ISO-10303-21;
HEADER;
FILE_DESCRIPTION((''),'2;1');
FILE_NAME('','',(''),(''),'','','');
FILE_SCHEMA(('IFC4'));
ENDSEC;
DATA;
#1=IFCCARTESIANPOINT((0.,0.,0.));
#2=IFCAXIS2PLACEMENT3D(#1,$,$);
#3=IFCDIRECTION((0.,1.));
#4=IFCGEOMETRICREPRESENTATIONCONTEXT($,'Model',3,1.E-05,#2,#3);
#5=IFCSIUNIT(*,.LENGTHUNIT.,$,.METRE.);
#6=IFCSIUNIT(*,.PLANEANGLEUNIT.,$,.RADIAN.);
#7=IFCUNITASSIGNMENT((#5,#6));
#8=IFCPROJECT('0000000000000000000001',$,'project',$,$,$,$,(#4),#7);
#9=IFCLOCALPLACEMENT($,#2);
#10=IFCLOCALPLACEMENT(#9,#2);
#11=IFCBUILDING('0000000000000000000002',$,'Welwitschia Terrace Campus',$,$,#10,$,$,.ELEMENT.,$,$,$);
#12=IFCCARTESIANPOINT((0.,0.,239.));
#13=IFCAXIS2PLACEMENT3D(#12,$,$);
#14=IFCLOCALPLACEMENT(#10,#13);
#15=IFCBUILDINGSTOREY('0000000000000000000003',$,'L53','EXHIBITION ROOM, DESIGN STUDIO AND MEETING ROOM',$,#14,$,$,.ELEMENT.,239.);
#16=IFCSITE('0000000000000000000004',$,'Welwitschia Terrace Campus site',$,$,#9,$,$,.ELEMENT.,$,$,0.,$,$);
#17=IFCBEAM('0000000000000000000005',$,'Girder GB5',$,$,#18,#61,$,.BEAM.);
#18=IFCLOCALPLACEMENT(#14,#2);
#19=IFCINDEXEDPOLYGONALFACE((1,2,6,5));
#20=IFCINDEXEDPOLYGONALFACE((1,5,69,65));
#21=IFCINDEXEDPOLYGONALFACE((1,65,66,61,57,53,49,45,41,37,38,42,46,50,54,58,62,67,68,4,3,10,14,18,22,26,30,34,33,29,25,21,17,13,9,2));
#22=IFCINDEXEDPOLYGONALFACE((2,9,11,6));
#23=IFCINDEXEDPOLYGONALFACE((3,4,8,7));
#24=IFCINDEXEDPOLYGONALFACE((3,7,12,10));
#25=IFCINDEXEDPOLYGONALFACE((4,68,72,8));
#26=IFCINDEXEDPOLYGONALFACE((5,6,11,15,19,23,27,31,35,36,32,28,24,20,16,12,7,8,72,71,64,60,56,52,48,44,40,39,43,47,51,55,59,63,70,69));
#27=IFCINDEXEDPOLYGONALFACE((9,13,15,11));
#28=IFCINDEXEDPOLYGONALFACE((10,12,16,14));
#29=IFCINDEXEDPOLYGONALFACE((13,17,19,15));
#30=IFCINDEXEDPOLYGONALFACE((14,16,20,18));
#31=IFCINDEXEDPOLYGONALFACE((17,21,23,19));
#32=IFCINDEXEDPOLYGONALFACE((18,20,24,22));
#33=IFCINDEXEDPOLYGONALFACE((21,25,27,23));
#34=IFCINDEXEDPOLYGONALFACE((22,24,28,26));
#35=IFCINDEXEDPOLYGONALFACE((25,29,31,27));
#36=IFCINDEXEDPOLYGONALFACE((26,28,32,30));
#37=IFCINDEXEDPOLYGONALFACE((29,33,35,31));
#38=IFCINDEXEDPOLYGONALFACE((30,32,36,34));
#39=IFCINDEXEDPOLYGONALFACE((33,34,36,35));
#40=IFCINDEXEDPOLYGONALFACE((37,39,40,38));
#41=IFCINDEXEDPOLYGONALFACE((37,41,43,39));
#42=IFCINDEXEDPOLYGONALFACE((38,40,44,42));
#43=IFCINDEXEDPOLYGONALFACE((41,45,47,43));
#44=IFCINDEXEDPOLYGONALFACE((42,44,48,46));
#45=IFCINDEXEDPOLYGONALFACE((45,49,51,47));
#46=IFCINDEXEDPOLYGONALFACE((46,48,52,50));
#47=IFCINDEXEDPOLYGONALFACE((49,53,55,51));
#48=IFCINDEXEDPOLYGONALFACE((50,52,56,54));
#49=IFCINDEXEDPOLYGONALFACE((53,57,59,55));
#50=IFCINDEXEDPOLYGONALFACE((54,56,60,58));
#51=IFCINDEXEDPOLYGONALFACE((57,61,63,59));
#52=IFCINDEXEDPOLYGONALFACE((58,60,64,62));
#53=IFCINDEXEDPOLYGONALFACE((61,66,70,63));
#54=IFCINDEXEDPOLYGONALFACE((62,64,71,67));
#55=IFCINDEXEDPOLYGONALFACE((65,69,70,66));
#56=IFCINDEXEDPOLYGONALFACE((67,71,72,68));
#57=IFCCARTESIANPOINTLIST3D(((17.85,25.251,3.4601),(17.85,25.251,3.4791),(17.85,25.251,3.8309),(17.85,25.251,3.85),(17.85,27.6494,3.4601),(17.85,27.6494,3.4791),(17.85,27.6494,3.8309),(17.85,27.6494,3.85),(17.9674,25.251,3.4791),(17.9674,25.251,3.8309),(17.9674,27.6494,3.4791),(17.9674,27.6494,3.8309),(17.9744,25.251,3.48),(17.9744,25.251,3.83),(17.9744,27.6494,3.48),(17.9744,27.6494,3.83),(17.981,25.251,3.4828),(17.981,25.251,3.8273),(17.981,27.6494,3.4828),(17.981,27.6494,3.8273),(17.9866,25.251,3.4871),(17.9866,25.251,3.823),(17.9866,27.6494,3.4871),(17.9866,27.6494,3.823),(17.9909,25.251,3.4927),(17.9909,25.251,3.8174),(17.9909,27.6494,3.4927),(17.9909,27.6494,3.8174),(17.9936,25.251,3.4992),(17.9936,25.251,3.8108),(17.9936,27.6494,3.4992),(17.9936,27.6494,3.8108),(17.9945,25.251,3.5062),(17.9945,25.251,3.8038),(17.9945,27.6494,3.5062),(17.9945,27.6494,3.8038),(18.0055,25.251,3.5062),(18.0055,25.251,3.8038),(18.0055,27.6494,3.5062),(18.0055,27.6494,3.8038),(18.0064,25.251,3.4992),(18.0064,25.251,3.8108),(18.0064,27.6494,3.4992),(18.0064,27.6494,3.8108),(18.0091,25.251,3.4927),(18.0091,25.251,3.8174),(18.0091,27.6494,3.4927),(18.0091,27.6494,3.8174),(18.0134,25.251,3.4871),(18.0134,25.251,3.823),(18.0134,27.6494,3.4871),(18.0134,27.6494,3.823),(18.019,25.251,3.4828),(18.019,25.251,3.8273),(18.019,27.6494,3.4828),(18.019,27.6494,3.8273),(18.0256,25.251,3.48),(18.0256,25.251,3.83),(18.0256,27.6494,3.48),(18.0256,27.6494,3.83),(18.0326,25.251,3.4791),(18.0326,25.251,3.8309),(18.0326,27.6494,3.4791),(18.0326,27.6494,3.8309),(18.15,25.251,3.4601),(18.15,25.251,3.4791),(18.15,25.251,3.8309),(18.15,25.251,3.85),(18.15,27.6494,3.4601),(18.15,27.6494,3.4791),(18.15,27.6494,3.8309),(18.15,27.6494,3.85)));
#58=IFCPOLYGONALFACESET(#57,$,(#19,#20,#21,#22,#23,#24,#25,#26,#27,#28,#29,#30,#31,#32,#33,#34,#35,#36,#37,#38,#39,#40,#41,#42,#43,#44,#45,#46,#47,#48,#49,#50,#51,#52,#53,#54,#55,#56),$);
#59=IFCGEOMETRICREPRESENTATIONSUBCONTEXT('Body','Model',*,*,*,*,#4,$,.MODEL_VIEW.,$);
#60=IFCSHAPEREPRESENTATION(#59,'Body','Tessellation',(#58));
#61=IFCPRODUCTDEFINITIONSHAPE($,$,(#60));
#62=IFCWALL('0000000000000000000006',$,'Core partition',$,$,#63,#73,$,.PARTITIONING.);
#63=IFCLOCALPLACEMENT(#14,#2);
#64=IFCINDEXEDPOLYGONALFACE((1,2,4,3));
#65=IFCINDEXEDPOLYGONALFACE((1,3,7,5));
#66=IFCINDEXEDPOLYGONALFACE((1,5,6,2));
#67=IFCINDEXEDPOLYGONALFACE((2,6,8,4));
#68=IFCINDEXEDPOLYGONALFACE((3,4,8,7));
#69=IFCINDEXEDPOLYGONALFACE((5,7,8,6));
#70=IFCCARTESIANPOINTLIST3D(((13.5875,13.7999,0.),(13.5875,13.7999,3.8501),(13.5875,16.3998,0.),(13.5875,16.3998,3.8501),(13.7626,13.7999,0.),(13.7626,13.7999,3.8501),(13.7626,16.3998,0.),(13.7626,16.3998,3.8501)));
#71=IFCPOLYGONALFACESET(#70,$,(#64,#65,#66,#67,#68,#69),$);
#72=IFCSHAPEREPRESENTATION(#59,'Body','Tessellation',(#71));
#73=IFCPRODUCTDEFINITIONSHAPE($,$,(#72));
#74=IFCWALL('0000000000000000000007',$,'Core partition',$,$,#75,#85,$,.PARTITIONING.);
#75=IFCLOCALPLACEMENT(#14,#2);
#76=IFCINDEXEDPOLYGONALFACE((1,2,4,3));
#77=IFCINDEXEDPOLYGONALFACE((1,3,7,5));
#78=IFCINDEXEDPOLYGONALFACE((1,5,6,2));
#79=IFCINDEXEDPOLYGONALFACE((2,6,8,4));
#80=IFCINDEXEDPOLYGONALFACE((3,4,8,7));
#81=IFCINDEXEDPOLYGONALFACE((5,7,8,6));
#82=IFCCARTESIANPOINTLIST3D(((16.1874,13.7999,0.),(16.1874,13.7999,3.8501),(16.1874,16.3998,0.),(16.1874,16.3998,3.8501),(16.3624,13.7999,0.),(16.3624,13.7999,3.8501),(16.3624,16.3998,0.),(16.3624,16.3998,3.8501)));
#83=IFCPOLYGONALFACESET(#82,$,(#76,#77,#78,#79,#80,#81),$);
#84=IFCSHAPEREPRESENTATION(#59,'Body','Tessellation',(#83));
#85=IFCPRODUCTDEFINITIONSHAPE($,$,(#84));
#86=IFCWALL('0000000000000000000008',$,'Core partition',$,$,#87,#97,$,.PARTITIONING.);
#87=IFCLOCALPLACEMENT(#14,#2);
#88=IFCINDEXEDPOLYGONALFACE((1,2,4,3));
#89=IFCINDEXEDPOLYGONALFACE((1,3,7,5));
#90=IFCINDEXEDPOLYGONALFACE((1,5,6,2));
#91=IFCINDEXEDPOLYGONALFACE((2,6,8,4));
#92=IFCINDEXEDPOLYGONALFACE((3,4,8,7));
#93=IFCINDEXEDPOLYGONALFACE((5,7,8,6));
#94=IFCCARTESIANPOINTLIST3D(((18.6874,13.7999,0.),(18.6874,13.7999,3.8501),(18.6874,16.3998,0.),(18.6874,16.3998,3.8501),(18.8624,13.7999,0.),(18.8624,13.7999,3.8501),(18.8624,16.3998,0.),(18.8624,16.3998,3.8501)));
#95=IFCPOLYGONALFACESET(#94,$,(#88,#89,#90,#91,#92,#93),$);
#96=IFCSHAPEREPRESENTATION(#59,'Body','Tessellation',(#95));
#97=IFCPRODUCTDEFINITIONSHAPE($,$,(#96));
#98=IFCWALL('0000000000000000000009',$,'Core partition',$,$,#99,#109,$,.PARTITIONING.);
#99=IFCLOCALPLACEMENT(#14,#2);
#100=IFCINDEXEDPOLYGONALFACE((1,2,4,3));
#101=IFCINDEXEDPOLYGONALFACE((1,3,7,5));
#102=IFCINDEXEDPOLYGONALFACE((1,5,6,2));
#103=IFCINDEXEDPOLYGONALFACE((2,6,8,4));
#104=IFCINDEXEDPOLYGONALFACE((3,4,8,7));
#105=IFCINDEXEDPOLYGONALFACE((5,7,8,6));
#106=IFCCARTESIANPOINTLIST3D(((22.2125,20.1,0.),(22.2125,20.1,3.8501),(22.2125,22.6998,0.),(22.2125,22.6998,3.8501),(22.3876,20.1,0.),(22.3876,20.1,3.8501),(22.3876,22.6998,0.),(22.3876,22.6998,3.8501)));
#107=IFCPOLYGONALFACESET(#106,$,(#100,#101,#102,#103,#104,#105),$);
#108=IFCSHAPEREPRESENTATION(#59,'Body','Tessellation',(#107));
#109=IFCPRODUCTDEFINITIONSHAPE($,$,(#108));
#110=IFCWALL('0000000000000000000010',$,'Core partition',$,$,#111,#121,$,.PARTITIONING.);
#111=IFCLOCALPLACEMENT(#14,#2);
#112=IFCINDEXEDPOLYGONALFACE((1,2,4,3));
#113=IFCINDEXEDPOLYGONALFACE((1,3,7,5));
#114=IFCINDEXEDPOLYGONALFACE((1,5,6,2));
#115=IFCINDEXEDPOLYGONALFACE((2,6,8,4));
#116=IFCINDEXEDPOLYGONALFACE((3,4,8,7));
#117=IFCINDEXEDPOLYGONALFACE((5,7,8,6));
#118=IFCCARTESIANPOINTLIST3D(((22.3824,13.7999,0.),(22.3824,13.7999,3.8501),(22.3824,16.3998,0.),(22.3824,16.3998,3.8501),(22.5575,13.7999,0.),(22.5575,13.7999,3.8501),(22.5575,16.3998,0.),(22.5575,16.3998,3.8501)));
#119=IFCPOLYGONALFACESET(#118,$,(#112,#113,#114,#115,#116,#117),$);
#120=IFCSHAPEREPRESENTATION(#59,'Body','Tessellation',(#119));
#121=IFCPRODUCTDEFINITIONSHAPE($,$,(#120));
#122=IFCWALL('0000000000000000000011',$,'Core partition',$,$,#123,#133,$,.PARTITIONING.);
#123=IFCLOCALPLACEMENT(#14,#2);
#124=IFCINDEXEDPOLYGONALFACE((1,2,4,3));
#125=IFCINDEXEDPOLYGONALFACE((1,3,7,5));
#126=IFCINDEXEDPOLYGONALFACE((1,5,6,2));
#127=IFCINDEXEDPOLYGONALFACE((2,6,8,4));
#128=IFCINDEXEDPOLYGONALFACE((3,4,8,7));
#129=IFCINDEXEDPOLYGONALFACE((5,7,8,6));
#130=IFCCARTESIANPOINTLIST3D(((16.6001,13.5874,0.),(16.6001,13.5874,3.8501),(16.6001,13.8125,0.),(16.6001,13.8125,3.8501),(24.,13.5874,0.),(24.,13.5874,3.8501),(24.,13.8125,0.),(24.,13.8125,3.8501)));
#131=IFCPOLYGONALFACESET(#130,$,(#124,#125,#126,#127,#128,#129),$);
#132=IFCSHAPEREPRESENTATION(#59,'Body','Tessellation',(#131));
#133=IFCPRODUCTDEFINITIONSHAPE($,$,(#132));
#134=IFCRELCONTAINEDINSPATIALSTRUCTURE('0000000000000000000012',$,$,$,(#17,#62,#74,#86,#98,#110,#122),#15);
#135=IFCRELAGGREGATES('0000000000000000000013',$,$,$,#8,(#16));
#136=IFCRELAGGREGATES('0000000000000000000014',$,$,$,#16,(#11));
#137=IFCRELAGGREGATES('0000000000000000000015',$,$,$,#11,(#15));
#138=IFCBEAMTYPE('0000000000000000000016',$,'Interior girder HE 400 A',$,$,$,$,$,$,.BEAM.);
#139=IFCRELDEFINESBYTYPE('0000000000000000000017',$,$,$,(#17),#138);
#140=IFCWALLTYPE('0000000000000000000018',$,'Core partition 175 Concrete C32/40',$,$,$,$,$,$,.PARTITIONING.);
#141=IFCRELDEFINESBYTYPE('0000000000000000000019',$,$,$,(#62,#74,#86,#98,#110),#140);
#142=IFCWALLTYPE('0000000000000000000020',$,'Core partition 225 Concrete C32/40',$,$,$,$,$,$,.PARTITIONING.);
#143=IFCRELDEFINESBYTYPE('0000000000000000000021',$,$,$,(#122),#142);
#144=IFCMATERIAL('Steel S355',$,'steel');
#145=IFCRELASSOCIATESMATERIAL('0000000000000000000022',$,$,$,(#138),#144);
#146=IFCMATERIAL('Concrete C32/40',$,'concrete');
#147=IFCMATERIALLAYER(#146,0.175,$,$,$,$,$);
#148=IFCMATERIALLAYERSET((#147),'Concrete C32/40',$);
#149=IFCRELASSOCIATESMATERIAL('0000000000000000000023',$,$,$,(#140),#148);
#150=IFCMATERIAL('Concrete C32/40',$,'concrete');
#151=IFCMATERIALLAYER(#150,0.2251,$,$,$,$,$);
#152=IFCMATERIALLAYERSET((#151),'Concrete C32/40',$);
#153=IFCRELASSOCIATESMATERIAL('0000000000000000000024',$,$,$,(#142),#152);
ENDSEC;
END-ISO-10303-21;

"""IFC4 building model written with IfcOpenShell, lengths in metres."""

from ifc_helpers import new_model, si_unit, direction, frame, frame_2d, origin, origin_2d, place, context, subcontext, project, spatial, rectangle, i_section, extrude, material, layer, layer_set, material_profile, profile_set, type_object, element, save


model = new_model("IFC4")

# Units and contexts
model_context = context("Model", 3, precision=1e-05, world=origin(), true_north=direction((0.0, 1.0)))
body_context = subcontext(model_context, "Body", "Model", "MODEL_VIEW")
ifc_project = project(units=[si_unit("LENGTHUNIT", "METRE"), si_unit("PLANEANGLEUNIT", "RADIAN")], contexts=[model_context])

# Site, building, storey
site_placement = place(None, origin())
site = spatial("IfcSite", under=ifc_project, at=site_placement, Name="Welwitschia Terrace Campus site", CompositionType="ELEMENT", RefElevation=0.0)
building_placement = place(site_placement, origin())
building = spatial("IfcBuilding", under=site, at=building_placement, Name="Welwitschia Terrace Campus", CompositionType="ELEMENT")
storey_placement = place(building_placement, frame((0.0, 0.0, 239.0)))
storey = spatial("IfcBuildingStorey", under=building, at=storey_placement, Name="L53", Description="EXHIBITION ROOM, DESIGN STUDIO AND MEETING ROOM", CompositionType="ELEMENT", Elevation=239.0)

# Beam
ifc_material_1 = material(Name="Steel S355", Category="steel")
ifc_material_profile = material_profile(ifc_material_1, i_section(OverallWidth=0.3, OverallDepth=0.3899, WebThickness=0.011, FlangeThickness=0.019, FilletRadius=0.0271, at=origin_2d()))
ifc_profile_set = profile_set([ifc_material_profile], Name="Steel S355")
beam_type = type_object("IfcBeamType", Name="Interior girder HE 400 A", PredefinedType="BEAM", material=ifc_profile_set)
beam_placement = place(storey_placement, frame((18.0, 25.251, 3.655), z_axis=(0.0, 1.0, 0.0), x_axis=(-1.0, 0.0, 0.0)))
element("IfcBeam", 1, at=beam_placement, inside=storey, type_object=beam_type, Name="Girder GB5", PredefinedType="BEAM", context=body_context, shape_type="SweptSolid", body=[
    extrude(i_section(OverallWidth=0.3, OverallDepth=0.3899, WebThickness=0.011, FlangeThickness=0.019, FilletRadius=0.0271, at=origin_2d()), origin(), (0.0, 0.0, 1.0), 2.3984),
])

# Walls
ifc_material_2 = material(Name="Concrete C32/40", Category="concrete")
ifc_layer_1 = layer(ifc_material_2, 0.175)
ifc_layer_set_1 = layer_set([ifc_layer_1], Name="Concrete C32/40")
wall_type_1 = type_object("IfcWallType", Name="Core partition 175 Concrete C32/40", PredefinedType="PARTITIONING", material=ifc_layer_set_1)
for number, where, z_axis, x_axis, name in (
    (2, (13.675, 13.8, 0.0), (0.0, 0.0, 1.0), (0.0, 1.0, 0.0), "Core partition"),
    (3, (16.2749, 13.8, 0.0), (0.0, 0.0, 1.0), (0.0, 1.0, 0.0), "Core partition"),
    (4, (18.7749, 13.8, 0.0), (0.0, 0.0, 1.0), (0.0, 1.0, 0.0), "Core partition"),
    (5, (22.3, 20.1001, 0.0), (0.0, 0.0, 1.0), (0.0, 1.0, 0.0), "Core partition"),
    (6, (22.47, 13.8, 0.0), (0.0, 0.0, 1.0), (0.0, 1.0, 0.0), "Core partition"),
):
    element("IfcWall", number, at=place(storey_placement, frame(where, z_axis=z_axis, x_axis=x_axis)), inside=storey, type_object=wall_type_1, Name=name, PredefinedType="PARTITIONING", context=body_context, shape_type="SweptSolid", body=[
        extrude(rectangle(XDim=2.5999, YDim=0.175, at=frame_2d((1.2998, 0.0))), origin(), (0.0, 0.0, 1.0), 3.8501),
    ])
ifc_material_3 = material(Name="Concrete C32/40", Category="concrete")
ifc_layer_2 = layer(ifc_material_3, 0.2251)
ifc_layer_set_2 = layer_set([ifc_layer_2], Name="Concrete C32/40")
wall_type_2 = type_object("IfcWallType", Name="Core partition 225 Concrete C32/40", PredefinedType="PARTITIONING", material=ifc_layer_set_2)
wall_1_placement = place(storey_placement, frame((16.6001, 13.7, 0.0), z_axis=(0.0, 0.0, 1.0), x_axis=(1.0, 0.0, 0.0)))
element("IfcWall", 7, at=wall_1_placement, inside=storey, type_object=wall_type_2, Name="Core partition", PredefinedType="PARTITIONING", context=body_context, shape_type="SweptSolid", body=[
    extrude(rectangle(XDim=7.3999, YDim=0.2251, at=frame_2d((3.7, 0.0))), origin(), (0.0, 0.0, 1.0), 3.8501),
])

save(model, "model.ifc")
